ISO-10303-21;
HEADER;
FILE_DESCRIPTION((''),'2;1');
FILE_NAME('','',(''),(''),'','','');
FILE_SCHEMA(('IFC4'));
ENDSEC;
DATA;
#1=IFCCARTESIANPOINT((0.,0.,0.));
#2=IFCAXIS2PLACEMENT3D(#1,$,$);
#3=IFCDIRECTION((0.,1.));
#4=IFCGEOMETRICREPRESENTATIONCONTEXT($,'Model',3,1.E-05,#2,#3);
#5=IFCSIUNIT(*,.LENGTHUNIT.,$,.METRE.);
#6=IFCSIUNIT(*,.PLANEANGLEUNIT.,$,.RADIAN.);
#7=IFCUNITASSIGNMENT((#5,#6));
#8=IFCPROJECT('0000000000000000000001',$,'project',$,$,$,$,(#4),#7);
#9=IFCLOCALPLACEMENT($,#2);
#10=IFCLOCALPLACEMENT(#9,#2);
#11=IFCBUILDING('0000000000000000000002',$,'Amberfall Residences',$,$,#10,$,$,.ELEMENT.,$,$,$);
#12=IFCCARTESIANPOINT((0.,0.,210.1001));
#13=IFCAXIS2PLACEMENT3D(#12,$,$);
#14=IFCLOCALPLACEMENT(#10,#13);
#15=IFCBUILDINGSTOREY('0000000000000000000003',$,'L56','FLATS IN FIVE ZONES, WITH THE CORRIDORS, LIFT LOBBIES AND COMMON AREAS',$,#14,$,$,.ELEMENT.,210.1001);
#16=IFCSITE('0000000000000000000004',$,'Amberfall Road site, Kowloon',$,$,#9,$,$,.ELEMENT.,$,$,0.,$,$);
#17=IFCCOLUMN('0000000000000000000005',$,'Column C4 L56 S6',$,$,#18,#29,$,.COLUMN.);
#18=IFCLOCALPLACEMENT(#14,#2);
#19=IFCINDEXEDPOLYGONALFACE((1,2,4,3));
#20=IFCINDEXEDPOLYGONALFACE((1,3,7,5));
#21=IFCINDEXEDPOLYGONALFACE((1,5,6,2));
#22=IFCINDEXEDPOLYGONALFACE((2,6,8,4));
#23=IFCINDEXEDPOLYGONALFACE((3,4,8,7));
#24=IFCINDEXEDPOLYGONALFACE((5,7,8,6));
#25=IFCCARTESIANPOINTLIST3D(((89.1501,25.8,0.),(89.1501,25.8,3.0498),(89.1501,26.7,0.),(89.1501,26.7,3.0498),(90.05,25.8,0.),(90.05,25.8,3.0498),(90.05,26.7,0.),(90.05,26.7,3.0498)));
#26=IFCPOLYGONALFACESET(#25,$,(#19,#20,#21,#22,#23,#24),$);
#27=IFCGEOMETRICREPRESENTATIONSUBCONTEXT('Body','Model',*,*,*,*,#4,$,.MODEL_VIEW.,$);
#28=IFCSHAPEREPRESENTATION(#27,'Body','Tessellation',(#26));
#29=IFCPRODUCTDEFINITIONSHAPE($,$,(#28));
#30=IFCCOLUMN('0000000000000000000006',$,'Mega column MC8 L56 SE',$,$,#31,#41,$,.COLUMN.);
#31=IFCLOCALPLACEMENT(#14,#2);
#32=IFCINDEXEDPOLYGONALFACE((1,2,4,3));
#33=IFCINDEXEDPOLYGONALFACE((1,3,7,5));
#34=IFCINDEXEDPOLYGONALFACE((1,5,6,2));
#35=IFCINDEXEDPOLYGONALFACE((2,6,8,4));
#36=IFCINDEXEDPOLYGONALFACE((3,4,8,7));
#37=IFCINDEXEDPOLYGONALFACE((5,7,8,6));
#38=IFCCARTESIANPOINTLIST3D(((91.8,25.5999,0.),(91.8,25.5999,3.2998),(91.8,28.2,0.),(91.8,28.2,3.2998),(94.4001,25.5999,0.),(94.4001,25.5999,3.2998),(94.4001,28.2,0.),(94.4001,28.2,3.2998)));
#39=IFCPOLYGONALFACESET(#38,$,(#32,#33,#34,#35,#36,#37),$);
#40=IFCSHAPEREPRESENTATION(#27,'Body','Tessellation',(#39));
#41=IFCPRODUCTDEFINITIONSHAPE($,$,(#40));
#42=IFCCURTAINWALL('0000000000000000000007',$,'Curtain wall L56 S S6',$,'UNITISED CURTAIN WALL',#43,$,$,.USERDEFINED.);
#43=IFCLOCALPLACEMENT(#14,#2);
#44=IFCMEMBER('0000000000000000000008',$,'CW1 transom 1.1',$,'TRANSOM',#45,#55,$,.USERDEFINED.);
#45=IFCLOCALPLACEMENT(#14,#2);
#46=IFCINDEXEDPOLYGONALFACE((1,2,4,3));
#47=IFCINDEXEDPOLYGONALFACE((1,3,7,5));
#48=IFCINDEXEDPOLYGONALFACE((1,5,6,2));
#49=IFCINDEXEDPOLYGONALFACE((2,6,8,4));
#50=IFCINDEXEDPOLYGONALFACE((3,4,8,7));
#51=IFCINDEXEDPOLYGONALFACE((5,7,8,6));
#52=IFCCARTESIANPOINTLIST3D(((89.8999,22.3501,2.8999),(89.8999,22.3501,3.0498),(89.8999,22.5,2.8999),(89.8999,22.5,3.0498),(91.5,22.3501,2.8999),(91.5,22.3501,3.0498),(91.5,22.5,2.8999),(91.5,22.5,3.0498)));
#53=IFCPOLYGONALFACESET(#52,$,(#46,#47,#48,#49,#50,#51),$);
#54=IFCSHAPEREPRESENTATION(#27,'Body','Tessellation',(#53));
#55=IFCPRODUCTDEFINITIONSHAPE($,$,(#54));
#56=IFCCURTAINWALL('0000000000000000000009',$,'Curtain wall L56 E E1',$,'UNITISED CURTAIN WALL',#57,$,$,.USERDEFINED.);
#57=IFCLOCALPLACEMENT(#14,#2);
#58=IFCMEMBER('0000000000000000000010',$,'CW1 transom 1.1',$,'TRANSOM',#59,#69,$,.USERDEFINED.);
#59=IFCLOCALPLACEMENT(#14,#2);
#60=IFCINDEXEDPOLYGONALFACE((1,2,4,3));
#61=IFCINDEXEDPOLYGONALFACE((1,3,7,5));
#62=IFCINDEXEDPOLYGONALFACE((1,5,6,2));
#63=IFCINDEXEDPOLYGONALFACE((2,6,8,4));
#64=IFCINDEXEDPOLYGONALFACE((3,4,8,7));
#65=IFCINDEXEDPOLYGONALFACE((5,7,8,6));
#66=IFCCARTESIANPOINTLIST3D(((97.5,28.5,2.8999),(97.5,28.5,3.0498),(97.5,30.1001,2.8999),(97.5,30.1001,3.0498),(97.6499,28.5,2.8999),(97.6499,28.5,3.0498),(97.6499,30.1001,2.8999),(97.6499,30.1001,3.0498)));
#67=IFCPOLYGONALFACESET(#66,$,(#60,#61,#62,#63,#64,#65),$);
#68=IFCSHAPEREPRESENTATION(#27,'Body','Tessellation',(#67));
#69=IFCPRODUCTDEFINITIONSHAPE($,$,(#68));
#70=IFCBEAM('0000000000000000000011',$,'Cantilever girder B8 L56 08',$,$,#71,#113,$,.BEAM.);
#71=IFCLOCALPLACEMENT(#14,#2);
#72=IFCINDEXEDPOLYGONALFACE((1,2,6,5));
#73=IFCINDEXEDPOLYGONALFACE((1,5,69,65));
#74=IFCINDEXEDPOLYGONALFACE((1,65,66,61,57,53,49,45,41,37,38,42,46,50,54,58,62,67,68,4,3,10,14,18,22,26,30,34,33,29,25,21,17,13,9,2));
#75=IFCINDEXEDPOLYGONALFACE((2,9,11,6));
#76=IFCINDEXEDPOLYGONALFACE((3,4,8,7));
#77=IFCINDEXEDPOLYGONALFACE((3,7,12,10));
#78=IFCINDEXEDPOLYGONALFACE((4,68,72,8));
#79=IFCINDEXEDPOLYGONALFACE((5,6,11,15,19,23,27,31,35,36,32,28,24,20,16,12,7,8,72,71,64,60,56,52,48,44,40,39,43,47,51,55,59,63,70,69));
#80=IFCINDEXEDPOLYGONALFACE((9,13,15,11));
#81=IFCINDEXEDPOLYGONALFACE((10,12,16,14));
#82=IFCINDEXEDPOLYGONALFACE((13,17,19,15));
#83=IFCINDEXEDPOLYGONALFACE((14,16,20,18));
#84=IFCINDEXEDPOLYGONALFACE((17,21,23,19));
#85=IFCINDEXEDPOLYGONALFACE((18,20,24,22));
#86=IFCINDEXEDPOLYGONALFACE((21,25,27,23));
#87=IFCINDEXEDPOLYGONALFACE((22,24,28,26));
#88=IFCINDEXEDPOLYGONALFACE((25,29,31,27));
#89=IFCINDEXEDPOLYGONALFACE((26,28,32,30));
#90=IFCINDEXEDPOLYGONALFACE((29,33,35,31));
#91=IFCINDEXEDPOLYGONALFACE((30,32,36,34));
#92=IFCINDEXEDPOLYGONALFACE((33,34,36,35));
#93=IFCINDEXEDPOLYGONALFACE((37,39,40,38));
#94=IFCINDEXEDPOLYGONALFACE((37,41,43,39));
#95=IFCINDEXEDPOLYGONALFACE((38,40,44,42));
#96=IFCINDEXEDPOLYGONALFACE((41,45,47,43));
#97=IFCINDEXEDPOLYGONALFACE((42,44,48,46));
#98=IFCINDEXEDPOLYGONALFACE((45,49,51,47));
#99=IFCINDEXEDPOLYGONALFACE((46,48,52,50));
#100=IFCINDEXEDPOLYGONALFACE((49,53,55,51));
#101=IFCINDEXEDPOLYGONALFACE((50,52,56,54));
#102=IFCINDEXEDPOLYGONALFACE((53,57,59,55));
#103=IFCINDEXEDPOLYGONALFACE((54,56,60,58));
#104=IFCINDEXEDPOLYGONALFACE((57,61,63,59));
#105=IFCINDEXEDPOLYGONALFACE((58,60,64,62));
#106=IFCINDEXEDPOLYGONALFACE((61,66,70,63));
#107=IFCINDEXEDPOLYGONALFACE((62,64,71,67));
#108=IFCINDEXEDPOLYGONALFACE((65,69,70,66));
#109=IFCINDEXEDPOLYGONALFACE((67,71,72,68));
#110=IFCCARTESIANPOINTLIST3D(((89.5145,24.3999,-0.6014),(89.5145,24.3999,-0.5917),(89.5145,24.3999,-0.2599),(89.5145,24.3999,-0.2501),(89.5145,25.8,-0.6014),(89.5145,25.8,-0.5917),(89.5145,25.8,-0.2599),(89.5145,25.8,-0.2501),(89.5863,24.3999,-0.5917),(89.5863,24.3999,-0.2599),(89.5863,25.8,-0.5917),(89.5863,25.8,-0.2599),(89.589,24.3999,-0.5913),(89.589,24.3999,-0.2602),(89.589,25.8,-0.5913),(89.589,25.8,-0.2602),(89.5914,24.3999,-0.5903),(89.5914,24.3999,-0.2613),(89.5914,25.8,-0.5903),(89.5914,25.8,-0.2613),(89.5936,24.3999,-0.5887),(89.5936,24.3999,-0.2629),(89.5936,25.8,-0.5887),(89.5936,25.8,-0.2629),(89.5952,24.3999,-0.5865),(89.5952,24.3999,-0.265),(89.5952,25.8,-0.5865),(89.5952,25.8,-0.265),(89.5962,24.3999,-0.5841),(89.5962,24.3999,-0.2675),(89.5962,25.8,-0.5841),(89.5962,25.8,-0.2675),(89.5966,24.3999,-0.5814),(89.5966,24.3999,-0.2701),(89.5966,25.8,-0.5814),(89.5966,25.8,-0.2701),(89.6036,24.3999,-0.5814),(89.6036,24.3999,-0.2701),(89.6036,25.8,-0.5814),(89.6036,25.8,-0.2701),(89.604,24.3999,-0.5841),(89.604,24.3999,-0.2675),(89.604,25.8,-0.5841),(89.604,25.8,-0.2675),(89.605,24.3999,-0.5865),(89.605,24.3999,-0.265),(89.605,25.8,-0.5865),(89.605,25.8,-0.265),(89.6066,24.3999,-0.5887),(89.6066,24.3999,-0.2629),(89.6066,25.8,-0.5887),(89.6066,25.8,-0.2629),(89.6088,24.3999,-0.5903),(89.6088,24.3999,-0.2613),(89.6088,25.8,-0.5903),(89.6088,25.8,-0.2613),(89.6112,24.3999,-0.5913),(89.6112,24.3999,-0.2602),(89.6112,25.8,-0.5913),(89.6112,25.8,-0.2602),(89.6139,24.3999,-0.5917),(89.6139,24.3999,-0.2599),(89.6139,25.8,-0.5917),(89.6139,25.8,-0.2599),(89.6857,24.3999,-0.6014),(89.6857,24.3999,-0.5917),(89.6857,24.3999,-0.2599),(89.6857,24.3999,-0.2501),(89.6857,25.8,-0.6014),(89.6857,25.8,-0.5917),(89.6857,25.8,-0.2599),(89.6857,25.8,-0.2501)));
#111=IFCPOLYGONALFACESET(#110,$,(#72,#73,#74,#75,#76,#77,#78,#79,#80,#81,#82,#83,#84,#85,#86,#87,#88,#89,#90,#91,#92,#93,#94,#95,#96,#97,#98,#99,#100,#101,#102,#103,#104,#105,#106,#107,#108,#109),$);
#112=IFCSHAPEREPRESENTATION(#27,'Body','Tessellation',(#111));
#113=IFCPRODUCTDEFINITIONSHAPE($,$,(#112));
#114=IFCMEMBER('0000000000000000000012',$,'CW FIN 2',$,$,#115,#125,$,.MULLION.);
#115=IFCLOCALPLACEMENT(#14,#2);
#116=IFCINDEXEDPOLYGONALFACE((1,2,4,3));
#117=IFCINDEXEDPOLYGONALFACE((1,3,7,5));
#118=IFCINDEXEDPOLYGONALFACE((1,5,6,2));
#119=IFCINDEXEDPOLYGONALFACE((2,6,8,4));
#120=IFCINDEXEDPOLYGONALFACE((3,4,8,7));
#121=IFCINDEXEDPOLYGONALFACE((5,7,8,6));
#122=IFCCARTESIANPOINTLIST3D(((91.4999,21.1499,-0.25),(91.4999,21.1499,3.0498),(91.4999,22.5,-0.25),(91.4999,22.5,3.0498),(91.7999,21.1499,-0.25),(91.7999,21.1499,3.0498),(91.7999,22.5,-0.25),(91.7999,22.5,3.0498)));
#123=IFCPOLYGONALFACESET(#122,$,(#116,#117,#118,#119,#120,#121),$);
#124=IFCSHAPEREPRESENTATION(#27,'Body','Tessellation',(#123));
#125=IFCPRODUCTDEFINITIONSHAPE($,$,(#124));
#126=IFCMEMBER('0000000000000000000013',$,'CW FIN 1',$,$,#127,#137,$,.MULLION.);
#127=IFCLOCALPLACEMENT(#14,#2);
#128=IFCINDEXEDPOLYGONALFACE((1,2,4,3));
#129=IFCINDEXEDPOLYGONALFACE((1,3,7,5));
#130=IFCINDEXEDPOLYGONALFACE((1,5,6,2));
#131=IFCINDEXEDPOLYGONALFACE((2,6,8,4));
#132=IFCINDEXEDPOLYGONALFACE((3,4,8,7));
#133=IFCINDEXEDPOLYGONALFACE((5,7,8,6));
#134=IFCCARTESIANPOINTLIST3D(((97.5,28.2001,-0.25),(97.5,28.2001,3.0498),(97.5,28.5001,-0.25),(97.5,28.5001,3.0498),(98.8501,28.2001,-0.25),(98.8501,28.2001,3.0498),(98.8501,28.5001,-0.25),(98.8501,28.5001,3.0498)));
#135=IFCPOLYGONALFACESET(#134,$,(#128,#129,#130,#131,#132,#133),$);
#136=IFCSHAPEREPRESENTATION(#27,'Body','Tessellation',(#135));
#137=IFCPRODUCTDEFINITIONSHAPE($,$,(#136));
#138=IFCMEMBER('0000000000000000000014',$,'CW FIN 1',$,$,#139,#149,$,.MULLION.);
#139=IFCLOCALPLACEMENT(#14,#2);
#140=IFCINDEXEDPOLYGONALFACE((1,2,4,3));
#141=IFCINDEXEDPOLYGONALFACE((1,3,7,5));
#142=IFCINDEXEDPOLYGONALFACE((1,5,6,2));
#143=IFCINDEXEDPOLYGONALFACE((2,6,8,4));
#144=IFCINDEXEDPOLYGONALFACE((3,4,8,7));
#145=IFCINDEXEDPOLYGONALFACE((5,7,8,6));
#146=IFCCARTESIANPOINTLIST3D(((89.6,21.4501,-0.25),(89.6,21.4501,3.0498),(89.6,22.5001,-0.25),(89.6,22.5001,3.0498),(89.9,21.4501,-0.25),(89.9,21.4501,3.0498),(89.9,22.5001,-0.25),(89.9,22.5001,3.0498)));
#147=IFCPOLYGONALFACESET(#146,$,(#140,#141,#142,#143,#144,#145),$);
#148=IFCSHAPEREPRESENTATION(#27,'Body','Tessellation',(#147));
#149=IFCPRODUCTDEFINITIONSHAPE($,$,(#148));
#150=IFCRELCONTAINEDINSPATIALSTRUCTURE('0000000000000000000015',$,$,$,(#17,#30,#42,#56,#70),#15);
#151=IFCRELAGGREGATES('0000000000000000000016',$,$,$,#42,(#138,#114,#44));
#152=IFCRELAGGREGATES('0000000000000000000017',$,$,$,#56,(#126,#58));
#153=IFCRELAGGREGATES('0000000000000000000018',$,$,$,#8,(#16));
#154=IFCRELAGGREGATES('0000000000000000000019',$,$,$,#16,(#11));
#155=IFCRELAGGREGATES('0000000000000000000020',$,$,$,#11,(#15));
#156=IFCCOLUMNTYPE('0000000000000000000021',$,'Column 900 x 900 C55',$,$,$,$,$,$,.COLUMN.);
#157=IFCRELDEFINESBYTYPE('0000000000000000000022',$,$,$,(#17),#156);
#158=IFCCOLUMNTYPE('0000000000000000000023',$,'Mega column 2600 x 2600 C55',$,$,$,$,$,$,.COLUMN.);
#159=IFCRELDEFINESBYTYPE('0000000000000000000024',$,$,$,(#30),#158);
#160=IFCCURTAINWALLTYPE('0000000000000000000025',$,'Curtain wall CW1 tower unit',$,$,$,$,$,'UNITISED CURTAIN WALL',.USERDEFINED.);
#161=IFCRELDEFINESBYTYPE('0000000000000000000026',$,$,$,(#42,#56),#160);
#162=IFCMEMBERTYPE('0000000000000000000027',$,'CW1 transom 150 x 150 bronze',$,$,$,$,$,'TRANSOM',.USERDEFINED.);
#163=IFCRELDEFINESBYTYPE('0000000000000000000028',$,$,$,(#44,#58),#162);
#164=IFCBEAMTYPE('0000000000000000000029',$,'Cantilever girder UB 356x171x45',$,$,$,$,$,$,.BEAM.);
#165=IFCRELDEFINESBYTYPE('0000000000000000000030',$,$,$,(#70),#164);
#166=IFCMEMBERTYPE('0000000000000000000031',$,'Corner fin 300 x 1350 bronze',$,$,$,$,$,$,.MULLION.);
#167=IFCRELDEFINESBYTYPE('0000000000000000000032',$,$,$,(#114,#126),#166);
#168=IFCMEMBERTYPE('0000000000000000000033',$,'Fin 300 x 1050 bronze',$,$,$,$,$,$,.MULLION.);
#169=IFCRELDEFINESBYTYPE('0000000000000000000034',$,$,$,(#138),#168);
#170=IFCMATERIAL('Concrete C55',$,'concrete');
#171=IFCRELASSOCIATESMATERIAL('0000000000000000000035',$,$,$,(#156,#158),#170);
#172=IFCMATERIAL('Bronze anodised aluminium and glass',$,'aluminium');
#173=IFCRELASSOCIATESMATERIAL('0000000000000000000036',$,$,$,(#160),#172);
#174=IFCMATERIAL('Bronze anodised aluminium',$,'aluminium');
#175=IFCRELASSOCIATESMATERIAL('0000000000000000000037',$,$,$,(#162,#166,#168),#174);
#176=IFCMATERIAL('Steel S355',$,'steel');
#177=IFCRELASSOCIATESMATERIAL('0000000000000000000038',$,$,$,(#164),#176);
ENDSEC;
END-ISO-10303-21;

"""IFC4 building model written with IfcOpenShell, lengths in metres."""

from ifc_helpers import new_model, si_unit, direction, frame, origin, origin_2d, place, context, subcontext, project, spatial, rectangle, i_section, extrude, material, material_profile, profile_set, type_object, element, aggregate, save


model = new_model("IFC4")

# Units and contexts
model_context = context("Model", 3, precision=1e-05, world=origin(), true_north=direction((0.0, 1.0)))
body_context = subcontext(model_context, "Body", "Model", "MODEL_VIEW")
ifc_project = project(units=[si_unit("LENGTHUNIT", "METRE"), si_unit("PLANEANGLEUNIT", "RADIAN")], contexts=[model_context])

# Site, building, storey
site_placement = place(None, origin())
site = spatial("IfcSite", under=ifc_project, at=site_placement, Name="Amberfall Road site, Kowloon", CompositionType="ELEMENT", RefElevation=0.0)
building_placement = place(site_placement, origin())
building = spatial("IfcBuilding", under=site, at=building_placement, Name="Amberfall Residences", CompositionType="ELEMENT")
storey_placement = place(building_placement, frame((0.0, 0.0, 210.1001)))
storey = spatial("IfcBuildingStorey", under=building, at=storey_placement, Name="L56", Description="FLATS IN FIVE ZONES, WITH THE CORRIDORS, LIFT LOBBIES AND COMMON AREAS", CompositionType="ELEMENT", Elevation=210.1001)

# Columns
ifc_material_1 = material(Name="Concrete C55", Category="concrete")
ifc_material_profile_1 = material_profile(ifc_material_1, rectangle(XDim=0.8999, YDim=0.8999, at=origin_2d()), Name="Column 900 x 900 C55")
ifc_profile_set_1 = profile_set([ifc_material_profile_1], Name="Concrete C55")
column_type_1 = type_object("IfcColumnType", Name="Column 900 x 900 C55", PredefinedType="COLUMN", material=ifc_profile_set_1)
column_1_placement = place(storey_placement, frame((89.6001, 26.25, 0.0), z_axis=(0.0, 0.0, 1.0), x_axis=(1.0, 0.0, 0.0)))
element("IfcColumn", 1, at=column_1_placement, inside=storey, type_object=column_type_1, Name="Column C4 L56 S6", PredefinedType="COLUMN", context=body_context, shape_type="SweptSolid", body=[
    extrude(rectangle(XDim=0.8999, YDim=0.8999, at=origin_2d()), origin(), (0.0, 0.0, 1.0), 3.0498),
])
ifc_material_profile_2 = material_profile(ifc_material_1, rectangle(XDim=2.6001, YDim=2.6001, at=origin_2d()), Name="Mega column 2600 x 2600 C55")
ifc_profile_set_2 = profile_set([ifc_material_profile_2], Name="Concrete C55")
column_type_2 = type_object("IfcColumnType", Name="Mega column 2600 x 2600 C55", PredefinedType="COLUMN", material=ifc_profile_set_2)
column_2_placement = place(storey_placement, frame((93.1001, 26.8999, 0.0), z_axis=(0.0, 0.0, 1.0), x_axis=(1.0, 0.0, 0.0)))
element("IfcColumn", 2, at=column_2_placement, inside=storey, type_object=column_type_2, Name="Mega column MC8 L56 SE", PredefinedType="COLUMN", context=body_context, shape_type="SweptSolid", body=[
    extrude(rectangle(XDim=2.6001, YDim=2.6001, at=origin_2d()), origin(), (0.0, 0.0, 1.0), 3.2998),
])

# Curtain walls, members
ifc_material_2 = material(Name="Bronze anodised aluminium and glass", Category="aluminium")
curtain_wall_type = type_object("IfcCurtainWallType", Name="Curtain wall CW1 tower unit", ElementType="UNITISED CURTAIN WALL", PredefinedType="USERDEFINED", material=ifc_material_2)
curtain_wall_1_placement = place(storey_placement, origin())
curtain_wall_1 = element("IfcCurtainWall", 3, at=curtain_wall_1_placement, inside=storey, type_object=curtain_wall_type, Name="Curtain wall L56 S S6", ObjectType="UNITISED CURTAIN WALL", PredefinedType="USERDEFINED")
ifc_material_3 = material(Name="Bronze anodised aluminium", Category="aluminium")
ifc_material_profile_3 = material_profile(ifc_material_3, rectangle(XDim=0.1499, YDim=0.1499, at=origin_2d()), Name="CW1 transom 150 x 150 bronze")
ifc_profile_set_3 = profile_set([ifc_material_profile_3], Name="Bronze anodised aluminium")
member_type_1 = type_object("IfcMemberType", Name="CW1 transom 150 x 150 bronze", ElementType="TRANSOM", PredefinedType="USERDEFINED", material=ifc_profile_set_3)
member_1_placement = place(storey_placement, frame((89.8999, 22.425, 2.9749), z_axis=(1.0, 0.0, 0.0), x_axis=(0.0, 1.0, 0.0)))
member_1 = element("IfcMember", 4, at=member_1_placement, type_object=member_type_1, Name="CW1 transom 1.1", ObjectType="TRANSOM", PredefinedType="USERDEFINED", context=body_context, shape_type="SweptSolid", body=[
    extrude(rectangle(XDim=0.1499, YDim=0.1499, at=origin_2d()), origin(), (0.0, 0.0, 1.0), 1.6001),
])
curtain_wall_2_placement = place(storey_placement, origin())
curtain_wall_2 = element("IfcCurtainWall", 5, at=curtain_wall_2_placement, inside=storey, type_object=curtain_wall_type, Name="Curtain wall L56 E E1", ObjectType="UNITISED CURTAIN WALL", PredefinedType="USERDEFINED")
member_2_placement = place(storey_placement, frame((97.575, 28.5, 2.9749), z_axis=(0.0, 1.0, 0.0), x_axis=(-1.0, 0.0, 0.0)))
member_2 = element("IfcMember", 6, at=member_2_placement, type_object=member_type_1, Name="CW1 transom 1.1", ObjectType="TRANSOM", PredefinedType="USERDEFINED", context=body_context, shape_type="SweptSolid", body=[
    extrude(rectangle(XDim=0.1499, YDim=0.1499, at=origin_2d()), origin(), (0.0, 0.0, 1.0), 1.6001),
])

# Beam
ifc_material_4 = material(Name="Steel S355", Category="steel")
ifc_material_profile_4 = material_profile(ifc_material_4, i_section(OverallWidth=0.1711, OverallDepth=0.3513, WebThickness=0.0071, FlangeThickness=0.0098, FilletRadius=0.0103, at=origin_2d()), Name="UB 356x171x45")
ifc_profile_set_4 = profile_set([ifc_material_profile_4], Name="Steel S355")
beam_type_1 = type_object("IfcBeamType", Name="Cantilever girder UB 356x171x45", PredefinedType="BEAM", material=ifc_profile_set_4)
beam_1_placement = place(storey_placement, frame((89.6001, 25.8, -0.4258), z_axis=(0.0, -1.0, 0.0), x_axis=(1.0, 0.0, 0.0)))
element("IfcBeam", 7, at=beam_1_placement, inside=storey, type_object=beam_type_1, Name="Cantilever girder B8 L56 08", PredefinedType="BEAM", context=body_context, shape_type="SweptSolid", body=[
    extrude(i_section(OverallWidth=0.1711, OverallDepth=0.3513, WebThickness=0.0071, FlangeThickness=0.0098, FilletRadius=0.0103, at=origin_2d()), origin(), (0.0, 0.0, 1.0), 1.4001),
])

# Members
ifc_material_profile_5 = material_profile(ifc_material_3, rectangle(XDim=1.3501, YDim=0.3, at=origin_2d()), Name="Corner fin 300 x 1350 bronze")
ifc_profile_set_5 = profile_set([ifc_material_profile_5], Name="Bronze anodised aluminium")
member_type_2 = type_object("IfcMemberType", Name="Corner fin 300 x 1350 bronze", PredefinedType="MULLION", material=ifc_profile_set_5)
member_3_placement = place(storey_placement, frame((91.6499, 21.825, -0.25), z_axis=(0.0, 0.0, 1.0), x_axis=(0.0, 1.0, 0.0)))
member_3 = element("IfcMember", 8, at=member_3_placement, type_object=member_type_2, Name="CW FIN 2", PredefinedType="MULLION", context=body_context, shape_type="SweptSolid", body=[
    extrude(rectangle(XDim=1.3501, YDim=0.3, at=origin_2d()), origin(), (0.0, 0.0, 1.0), 3.2998),
])
member_4_placement = place(storey_placement, frame((98.175, 28.3501, -0.25), z_axis=(0.0, 0.0, 1.0), x_axis=(-1.0, 0.0, 0.0)))
member_4 = element("IfcMember", 9, at=member_4_placement, type_object=member_type_2, Name="CW FIN 1", PredefinedType="MULLION", context=body_context, shape_type="SweptSolid", body=[
    extrude(rectangle(XDim=1.3501, YDim=0.3, at=origin_2d()), origin(), (0.0, 0.0, 1.0), 3.2998),
])
ifc_material_profile_6 = material_profile(ifc_material_3, rectangle(XDim=1.05, YDim=0.3, at=origin_2d()), Name="Fin 300 x 1050 bronze")
ifc_profile_set_6 = profile_set([ifc_material_profile_6], Name="Bronze anodised aluminium")
member_type_3 = type_object("IfcMemberType", Name="Fin 300 x 1050 bronze", PredefinedType="MULLION", material=ifc_profile_set_6)
member_5_placement = place(storey_placement, frame((89.75, 21.9751, -0.25), z_axis=(0.0, 0.0, 1.0), x_axis=(0.0, 1.0, 0.0)))
member_5 = element("IfcMember", 10, at=member_5_placement, type_object=member_type_3, Name="CW FIN 1", PredefinedType="MULLION", context=body_context, shape_type="SweptSolid", body=[
    extrude(rectangle(XDim=1.05, YDim=0.3, at=origin_2d()), origin(), (0.0, 0.0, 1.0), 3.2998),
])

aggregate(curtain_wall_1, [member_5, member_3, member_1])
aggregate(curtain_wall_2, [member_4, member_2])

save(model, "model.ifc")
